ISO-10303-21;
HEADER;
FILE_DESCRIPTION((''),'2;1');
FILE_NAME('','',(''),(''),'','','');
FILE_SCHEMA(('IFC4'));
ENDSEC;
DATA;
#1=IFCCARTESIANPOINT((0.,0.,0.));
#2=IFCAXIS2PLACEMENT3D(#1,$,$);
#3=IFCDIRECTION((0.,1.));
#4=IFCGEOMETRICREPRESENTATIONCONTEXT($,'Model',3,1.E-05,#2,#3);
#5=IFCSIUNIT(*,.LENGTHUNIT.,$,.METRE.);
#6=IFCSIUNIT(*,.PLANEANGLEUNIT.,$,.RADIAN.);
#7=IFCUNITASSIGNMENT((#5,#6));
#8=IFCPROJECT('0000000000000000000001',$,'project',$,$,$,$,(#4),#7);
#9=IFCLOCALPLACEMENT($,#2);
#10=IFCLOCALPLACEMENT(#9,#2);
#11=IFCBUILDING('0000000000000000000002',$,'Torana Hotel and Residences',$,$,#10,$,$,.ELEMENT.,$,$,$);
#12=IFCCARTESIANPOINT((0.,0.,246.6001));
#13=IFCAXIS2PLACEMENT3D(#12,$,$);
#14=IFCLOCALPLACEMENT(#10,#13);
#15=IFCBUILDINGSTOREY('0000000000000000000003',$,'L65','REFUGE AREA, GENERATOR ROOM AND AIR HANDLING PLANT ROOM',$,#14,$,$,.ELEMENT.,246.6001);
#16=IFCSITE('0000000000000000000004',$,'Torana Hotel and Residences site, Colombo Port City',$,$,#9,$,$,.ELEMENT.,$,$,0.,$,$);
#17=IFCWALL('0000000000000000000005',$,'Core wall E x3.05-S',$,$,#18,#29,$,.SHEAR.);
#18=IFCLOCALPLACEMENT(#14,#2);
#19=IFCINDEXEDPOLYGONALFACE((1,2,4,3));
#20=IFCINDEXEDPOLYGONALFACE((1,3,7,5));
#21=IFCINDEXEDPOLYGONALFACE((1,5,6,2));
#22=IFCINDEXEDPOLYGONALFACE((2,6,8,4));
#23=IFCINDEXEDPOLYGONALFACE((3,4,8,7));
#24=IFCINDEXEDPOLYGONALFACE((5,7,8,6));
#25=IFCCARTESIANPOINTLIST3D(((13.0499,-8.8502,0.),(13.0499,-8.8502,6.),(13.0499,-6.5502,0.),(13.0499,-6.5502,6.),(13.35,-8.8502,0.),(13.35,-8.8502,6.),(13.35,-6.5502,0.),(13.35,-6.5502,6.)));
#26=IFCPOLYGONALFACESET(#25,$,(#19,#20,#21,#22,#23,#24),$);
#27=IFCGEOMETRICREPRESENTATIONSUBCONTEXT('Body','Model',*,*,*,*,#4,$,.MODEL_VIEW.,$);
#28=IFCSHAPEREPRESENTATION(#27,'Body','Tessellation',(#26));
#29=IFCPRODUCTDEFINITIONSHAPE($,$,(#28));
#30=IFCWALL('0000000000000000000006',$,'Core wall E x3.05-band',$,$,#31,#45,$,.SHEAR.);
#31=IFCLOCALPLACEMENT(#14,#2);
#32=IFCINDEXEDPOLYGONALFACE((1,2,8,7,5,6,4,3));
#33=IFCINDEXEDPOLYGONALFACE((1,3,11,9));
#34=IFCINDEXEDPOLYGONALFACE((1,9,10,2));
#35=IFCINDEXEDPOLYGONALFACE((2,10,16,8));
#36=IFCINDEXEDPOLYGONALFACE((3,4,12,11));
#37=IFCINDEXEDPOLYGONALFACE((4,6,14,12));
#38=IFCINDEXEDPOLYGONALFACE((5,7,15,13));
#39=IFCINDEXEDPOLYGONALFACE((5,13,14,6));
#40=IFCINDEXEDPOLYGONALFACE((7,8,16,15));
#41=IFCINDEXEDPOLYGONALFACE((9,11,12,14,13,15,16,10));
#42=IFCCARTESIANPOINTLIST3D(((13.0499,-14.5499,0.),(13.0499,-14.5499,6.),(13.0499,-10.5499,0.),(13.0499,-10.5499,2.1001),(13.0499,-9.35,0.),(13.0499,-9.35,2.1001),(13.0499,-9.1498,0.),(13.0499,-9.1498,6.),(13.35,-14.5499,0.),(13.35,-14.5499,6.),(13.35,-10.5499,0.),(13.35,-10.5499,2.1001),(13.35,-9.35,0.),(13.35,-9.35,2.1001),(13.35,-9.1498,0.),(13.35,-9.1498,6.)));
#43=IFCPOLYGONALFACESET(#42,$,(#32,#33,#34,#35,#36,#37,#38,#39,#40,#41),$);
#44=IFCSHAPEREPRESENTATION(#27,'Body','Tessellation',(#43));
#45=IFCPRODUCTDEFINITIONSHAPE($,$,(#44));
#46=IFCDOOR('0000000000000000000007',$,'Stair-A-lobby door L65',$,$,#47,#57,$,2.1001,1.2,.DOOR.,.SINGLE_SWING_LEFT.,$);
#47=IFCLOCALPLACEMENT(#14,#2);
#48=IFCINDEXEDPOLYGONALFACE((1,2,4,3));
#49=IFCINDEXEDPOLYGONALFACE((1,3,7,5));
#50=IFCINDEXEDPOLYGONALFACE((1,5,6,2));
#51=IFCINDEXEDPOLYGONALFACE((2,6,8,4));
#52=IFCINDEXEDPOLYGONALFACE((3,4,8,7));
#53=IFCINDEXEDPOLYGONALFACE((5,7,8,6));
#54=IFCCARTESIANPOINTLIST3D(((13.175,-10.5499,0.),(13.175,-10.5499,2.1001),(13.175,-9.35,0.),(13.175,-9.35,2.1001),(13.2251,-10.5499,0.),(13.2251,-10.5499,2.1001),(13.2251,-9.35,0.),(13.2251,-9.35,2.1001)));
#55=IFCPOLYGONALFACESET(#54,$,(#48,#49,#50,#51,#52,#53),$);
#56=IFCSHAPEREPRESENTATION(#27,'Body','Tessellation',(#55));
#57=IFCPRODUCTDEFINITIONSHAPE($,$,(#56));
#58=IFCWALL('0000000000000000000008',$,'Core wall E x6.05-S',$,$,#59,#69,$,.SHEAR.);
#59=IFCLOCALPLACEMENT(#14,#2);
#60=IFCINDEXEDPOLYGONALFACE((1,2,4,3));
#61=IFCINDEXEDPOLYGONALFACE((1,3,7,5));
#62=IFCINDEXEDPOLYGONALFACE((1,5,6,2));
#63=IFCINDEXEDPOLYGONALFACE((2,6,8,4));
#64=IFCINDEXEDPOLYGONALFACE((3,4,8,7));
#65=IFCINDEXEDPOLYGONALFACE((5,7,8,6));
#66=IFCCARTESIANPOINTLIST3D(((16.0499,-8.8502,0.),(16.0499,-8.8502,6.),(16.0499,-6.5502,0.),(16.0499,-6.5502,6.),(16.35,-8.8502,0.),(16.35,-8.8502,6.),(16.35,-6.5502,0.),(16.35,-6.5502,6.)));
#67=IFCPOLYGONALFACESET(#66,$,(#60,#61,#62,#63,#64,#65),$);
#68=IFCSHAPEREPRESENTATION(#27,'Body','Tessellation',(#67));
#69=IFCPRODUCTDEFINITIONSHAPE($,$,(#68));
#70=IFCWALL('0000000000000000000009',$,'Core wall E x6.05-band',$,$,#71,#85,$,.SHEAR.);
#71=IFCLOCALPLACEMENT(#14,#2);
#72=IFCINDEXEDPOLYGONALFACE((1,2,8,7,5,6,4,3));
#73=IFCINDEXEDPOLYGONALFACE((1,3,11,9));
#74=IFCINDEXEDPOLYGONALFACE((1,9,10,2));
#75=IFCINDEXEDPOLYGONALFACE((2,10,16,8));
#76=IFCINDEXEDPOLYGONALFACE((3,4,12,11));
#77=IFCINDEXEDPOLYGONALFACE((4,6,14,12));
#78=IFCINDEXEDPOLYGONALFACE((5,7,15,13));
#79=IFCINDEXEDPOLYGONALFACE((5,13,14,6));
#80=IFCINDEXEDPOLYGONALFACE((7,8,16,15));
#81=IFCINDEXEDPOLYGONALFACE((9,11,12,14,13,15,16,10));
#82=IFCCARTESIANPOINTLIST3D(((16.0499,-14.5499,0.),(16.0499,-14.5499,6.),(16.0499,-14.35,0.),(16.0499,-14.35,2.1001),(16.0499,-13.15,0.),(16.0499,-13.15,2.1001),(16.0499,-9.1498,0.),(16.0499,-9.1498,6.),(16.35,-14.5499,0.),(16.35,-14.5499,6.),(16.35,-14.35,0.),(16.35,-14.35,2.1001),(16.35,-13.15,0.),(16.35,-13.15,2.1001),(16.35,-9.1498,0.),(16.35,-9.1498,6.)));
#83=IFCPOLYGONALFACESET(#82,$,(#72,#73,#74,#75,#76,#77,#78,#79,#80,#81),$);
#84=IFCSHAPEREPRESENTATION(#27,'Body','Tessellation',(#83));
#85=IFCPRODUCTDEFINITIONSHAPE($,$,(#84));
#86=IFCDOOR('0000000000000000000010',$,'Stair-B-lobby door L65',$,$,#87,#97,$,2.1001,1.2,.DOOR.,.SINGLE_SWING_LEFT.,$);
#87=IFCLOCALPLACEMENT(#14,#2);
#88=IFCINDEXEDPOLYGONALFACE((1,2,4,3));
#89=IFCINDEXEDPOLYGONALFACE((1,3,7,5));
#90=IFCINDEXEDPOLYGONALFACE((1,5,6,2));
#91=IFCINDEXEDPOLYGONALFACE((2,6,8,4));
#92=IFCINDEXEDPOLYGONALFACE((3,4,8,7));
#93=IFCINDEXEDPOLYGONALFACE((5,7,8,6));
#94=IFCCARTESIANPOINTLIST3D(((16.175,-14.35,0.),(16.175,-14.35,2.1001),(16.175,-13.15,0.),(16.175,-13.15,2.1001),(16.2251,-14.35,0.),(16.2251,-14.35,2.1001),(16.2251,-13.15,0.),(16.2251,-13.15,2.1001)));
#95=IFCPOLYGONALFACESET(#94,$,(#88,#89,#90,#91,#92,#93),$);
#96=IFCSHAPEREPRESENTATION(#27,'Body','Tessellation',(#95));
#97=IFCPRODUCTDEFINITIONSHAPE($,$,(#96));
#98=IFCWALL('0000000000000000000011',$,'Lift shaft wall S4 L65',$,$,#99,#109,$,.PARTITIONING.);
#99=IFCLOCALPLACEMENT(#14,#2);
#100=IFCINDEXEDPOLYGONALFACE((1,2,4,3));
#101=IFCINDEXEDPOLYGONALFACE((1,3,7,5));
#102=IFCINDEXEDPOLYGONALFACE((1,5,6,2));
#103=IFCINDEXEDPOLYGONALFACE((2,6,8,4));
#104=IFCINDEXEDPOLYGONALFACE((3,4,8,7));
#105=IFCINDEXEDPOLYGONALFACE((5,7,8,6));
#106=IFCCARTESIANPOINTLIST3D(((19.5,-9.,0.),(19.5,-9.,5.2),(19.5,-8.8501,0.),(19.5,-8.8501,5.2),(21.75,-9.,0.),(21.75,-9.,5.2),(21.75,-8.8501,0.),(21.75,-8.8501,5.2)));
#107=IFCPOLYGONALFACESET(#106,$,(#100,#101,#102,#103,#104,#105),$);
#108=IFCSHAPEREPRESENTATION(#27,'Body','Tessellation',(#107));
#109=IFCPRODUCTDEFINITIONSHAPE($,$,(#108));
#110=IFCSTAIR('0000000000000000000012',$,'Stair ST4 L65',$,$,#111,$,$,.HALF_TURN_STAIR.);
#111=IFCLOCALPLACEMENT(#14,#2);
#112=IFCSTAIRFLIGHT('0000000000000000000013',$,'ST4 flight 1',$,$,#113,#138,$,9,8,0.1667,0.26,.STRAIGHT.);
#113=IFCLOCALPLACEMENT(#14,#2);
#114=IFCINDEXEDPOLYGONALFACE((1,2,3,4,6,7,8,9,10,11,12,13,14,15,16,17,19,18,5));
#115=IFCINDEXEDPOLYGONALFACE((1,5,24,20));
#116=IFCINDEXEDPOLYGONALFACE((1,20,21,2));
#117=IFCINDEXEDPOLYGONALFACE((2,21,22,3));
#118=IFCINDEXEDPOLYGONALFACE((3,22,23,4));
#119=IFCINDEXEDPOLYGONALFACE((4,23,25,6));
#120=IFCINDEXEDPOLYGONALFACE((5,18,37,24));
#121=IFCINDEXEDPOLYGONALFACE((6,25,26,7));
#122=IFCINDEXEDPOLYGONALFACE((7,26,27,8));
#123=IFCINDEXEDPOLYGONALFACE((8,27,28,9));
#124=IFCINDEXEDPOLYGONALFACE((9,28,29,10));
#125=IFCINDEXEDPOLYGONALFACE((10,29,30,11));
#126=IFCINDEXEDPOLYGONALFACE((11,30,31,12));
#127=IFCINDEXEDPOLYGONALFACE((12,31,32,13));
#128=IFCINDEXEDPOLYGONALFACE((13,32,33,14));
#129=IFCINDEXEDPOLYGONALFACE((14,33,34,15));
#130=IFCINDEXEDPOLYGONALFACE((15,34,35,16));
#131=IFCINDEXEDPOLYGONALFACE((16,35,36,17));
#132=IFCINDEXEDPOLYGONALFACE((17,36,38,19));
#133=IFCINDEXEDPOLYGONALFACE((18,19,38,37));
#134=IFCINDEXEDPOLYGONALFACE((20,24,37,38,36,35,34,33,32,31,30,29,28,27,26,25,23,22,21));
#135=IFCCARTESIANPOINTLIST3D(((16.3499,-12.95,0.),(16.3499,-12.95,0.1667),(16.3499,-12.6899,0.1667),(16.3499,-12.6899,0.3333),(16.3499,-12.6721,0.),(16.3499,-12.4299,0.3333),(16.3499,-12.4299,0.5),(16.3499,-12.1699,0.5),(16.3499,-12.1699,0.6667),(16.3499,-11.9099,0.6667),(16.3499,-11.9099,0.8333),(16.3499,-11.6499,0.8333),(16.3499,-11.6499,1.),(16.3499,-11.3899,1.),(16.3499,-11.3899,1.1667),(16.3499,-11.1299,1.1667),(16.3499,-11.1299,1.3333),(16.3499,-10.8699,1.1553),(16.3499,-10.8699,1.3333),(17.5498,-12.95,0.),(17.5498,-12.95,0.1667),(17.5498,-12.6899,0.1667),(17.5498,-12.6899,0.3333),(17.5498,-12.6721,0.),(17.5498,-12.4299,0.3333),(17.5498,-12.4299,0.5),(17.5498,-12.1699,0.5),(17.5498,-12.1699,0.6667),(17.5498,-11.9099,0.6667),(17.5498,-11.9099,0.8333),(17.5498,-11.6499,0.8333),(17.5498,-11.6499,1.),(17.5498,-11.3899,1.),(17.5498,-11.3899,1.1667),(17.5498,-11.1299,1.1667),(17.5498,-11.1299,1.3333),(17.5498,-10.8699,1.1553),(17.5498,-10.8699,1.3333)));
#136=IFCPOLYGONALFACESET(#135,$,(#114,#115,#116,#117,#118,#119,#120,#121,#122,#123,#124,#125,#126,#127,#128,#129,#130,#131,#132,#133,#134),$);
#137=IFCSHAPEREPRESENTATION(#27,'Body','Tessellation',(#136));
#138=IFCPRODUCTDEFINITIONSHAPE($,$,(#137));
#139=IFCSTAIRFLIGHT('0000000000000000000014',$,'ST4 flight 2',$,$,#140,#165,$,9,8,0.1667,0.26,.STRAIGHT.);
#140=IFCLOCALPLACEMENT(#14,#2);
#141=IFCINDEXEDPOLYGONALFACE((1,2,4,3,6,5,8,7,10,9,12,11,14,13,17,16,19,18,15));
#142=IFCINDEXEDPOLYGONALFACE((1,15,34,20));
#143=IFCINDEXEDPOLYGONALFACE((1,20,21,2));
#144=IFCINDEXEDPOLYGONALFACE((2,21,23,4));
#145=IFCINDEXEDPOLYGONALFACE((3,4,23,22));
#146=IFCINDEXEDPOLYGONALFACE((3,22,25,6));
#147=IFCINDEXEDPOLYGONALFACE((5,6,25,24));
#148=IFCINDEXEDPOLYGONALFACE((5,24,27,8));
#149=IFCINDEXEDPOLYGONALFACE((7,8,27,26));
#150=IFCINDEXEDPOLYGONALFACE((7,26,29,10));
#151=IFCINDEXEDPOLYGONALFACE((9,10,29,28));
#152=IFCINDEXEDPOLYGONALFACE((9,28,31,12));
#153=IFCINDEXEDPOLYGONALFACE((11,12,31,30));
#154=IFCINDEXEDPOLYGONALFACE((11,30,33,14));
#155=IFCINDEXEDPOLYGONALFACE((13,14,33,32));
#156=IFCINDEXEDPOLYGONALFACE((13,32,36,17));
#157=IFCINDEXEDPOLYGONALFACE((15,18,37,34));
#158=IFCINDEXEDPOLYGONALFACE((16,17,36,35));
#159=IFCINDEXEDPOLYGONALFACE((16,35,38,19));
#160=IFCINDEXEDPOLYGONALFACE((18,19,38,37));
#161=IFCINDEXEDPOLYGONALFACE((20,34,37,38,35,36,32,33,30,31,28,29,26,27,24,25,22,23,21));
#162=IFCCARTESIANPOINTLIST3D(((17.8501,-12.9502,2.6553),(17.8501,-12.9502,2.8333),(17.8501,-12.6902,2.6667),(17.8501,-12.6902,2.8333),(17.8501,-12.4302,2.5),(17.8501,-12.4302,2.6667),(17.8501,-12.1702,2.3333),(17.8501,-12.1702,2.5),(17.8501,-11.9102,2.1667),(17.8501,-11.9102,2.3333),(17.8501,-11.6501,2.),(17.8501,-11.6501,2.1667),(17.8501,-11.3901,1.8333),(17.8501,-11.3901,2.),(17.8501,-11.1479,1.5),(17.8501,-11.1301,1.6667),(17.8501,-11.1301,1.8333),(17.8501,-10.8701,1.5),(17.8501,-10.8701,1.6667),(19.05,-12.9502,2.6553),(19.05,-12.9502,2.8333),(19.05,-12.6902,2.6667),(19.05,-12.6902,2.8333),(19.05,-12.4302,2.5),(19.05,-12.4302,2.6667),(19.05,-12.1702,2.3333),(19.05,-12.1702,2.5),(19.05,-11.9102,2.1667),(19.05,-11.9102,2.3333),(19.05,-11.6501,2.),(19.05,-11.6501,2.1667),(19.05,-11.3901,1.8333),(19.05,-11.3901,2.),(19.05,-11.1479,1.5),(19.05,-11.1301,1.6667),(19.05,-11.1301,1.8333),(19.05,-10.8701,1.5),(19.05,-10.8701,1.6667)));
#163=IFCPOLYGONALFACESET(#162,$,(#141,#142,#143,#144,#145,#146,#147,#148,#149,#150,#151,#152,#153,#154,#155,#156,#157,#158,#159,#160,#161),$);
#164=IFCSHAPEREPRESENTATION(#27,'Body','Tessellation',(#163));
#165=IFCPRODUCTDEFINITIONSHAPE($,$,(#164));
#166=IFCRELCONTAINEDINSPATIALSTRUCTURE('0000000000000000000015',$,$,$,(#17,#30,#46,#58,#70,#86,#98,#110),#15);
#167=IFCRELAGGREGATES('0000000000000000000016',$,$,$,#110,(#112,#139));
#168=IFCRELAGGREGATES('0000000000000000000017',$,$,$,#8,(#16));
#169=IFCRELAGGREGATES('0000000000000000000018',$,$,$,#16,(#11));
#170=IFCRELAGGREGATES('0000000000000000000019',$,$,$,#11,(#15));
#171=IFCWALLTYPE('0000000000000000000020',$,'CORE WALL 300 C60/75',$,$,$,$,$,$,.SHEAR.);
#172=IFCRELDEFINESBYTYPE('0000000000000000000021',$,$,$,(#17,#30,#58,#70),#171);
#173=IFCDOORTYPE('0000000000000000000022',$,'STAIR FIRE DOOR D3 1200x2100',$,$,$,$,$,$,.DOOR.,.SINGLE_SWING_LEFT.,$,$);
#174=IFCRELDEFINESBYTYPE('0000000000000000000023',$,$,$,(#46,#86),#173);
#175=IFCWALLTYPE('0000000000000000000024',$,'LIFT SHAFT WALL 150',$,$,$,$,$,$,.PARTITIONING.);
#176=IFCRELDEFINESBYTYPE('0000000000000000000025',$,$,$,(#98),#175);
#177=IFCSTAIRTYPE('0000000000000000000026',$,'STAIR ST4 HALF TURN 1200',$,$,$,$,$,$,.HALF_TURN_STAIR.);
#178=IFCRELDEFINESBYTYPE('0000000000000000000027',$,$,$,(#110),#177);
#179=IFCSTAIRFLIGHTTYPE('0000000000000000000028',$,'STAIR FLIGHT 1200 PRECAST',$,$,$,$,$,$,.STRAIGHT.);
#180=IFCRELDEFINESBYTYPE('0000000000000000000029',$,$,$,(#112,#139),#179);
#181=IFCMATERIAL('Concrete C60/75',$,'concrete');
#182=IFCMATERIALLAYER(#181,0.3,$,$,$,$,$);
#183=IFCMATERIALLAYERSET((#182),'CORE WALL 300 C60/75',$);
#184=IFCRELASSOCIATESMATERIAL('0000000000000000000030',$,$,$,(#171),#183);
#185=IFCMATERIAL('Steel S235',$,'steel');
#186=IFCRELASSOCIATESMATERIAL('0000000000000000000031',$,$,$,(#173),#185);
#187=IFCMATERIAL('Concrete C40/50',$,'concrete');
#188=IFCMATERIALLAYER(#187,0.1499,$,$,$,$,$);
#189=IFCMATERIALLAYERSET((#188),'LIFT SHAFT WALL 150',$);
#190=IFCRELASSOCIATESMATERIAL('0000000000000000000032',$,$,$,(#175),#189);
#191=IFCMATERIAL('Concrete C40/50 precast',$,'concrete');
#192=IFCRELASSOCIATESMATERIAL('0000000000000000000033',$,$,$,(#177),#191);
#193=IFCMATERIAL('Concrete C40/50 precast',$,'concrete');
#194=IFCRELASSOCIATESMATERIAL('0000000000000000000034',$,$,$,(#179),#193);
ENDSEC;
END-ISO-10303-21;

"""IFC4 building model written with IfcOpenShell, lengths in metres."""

from ifc_helpers import new_model, si_unit, direction, frame, frame_2d, origin, place, context, subcontext, project, spatial, polyline, rectangle, outline, extrude, material, layer, layer_set, type_object, element, fill, aggregate, save


model = new_model("IFC4")

# Units and contexts
model_context = context("Model", 3, precision=1e-05, world=origin(), true_north=direction((0.0, 1.0)))
body_context = subcontext(model_context, "Body", "Model", "MODEL_VIEW")
ifc_project = project(units=[si_unit("LENGTHUNIT", "METRE"), si_unit("PLANEANGLEUNIT", "RADIAN")], contexts=[model_context])

# Site, building, storey
site_placement = place(None, origin())
site = spatial("IfcSite", under=ifc_project, at=site_placement, Name="Torana Hotel and Residences site, Colombo Port City", CompositionType="ELEMENT", RefElevation=0.0)
building_placement = place(site_placement, origin())
building = spatial("IfcBuilding", under=site, at=building_placement, Name="Torana Hotel and Residences", CompositionType="ELEMENT")
storey_placement = place(building_placement, frame((0.0, 0.0, 246.6001)))
storey = spatial("IfcBuildingStorey", under=building, at=storey_placement, Name="L65", Description="REFUGE AREA, GENERATOR ROOM AND AIR HANDLING PLANT ROOM", CompositionType="ELEMENT", Elevation=246.6001)

# Wall
ifc_material_1 = material(Name="Concrete C60/75", Category="concrete")
ifc_layer_1 = layer(ifc_material_1, 0.3)
ifc_layer_set_1 = layer_set([ifc_layer_1], Name="CORE WALL 300 C60/75")
wall_type_1 = type_object("IfcWallType", Name="CORE WALL 300 C60/75", PredefinedType="SHEAR", material=ifc_layer_set_1)
wall_1_placement = place(storey_placement, frame((13.2, -8.8501, 0.0), z_axis=(0.0, 0.0, 1.0), x_axis=(0.0, 1.0, 0.0)))
element("IfcWall", 1, at=wall_1_placement, inside=storey, type_object=wall_type_1, Name="Core wall E x3.05-S", PredefinedType="SHEAR", context=body_context, shape_type="SweptSolid", body=[
    extrude(rectangle(XDim=2.3, YDim=0.3, at=frame_2d((1.1499, 0.0))), origin(), (0.0, 0.0, 1.0), 6.0),
])

# Wall, opening, door
wall_2_placement = place(storey_placement, frame((13.2, -14.55, 0.0), z_axis=(0.0, 0.0, 1.0), x_axis=(0.0, 1.0, 0.0)))
wall_2 = element("IfcWall", 2, at=wall_2_placement, inside=storey, type_object=wall_type_1, Name="Core wall E x3.05-band", PredefinedType="SHEAR", context=body_context, shape_type="SweptSolid", body=[
    extrude(rectangle(XDim=5.4001, YDim=0.3, at=frame_2d((2.7002, 0.0))), origin(), (0.0, 0.0, 1.0), 6.0),
])
opening_1_placement = place(wall_2_placement, frame((4.0, 0.0, 0.0)))
opening_1 = element("IfcOpeningElement", 3, at=opening_1_placement, cuts=wall_2, PredefinedType="OPENING", context=body_context, shape_type="SweptSolid", body=[
    extrude(rectangle(XDim=1.2, YDim=2.1001, at=frame_2d((0.6001, 1.05))), frame((0.0, 0.1599, 0.0), z_axis=(0.0, -1.0, 0.0), x_axis=(1.0, 0.0, 0.0)), (0.0, 0.0, 1.0), 0.3201),
])
ifc_material_2 = material(Name="Steel S235", Category="steel")
door_type_1 = type_object("IfcDoorType", Name="STAIR FIRE DOOR D3 1200x2100", OperationType="SINGLE_SWING_LEFT", PredefinedType="DOOR", material=ifc_material_2)
door_1_placement = place(opening_1_placement, origin())
door_1 = element("IfcDoor", 4, at=door_1_placement, inside=storey, type_object=door_type_1, Name="Stair-A-lobby door L65", OperationType="SINGLE_SWING_LEFT", OverallHeight=2.1001, OverallWidth=1.2, PredefinedType="DOOR", context=body_context, shape_type="SweptSolid", body=[
    extrude(rectangle(XDim=1.2, YDim=2.1001, at=frame_2d((0.6001, 1.05))), frame((0.0, 0.0249, 0.0), z_axis=(0.0, -1.0, 0.0), x_axis=(1.0, 0.0, 0.0)), (0.0, 0.0, 1.0), 0.05),
])
fill(opening_1, door_1)

# Wall
wall_3_placement = place(storey_placement, frame((16.2, -8.8501, 0.0), z_axis=(0.0, 0.0, 1.0), x_axis=(0.0, 1.0, 0.0)))
element("IfcWall", 5, at=wall_3_placement, inside=storey, type_object=wall_type_1, Name="Core wall E x6.05-S", PredefinedType="SHEAR", context=body_context, shape_type="SweptSolid", body=[
    extrude(rectangle(XDim=2.3, YDim=0.3, at=frame_2d((1.1499, 0.0))), origin(), (0.0, 0.0, 1.0), 6.0),
])

# Wall, opening, door
wall_4_placement = place(storey_placement, frame((16.2, -14.55, 0.0), z_axis=(0.0, 0.0, 1.0), x_axis=(0.0, 1.0, 0.0)))
wall_4 = element("IfcWall", 6, at=wall_4_placement, inside=storey, type_object=wall_type_1, Name="Core wall E x6.05-band", PredefinedType="SHEAR", context=body_context, shape_type="SweptSolid", body=[
    extrude(rectangle(XDim=5.4001, YDim=0.3, at=frame_2d((2.7002, 0.0))), origin(), (0.0, 0.0, 1.0), 6.0),
])
opening_2_placement = place(wall_4_placement, frame((0.2, 0.0, 0.0)))
opening_2 = element("IfcOpeningElement", 7, at=opening_2_placement, cuts=wall_4, PredefinedType="OPENING", context=body_context, shape_type="SweptSolid", body=[
    extrude(rectangle(XDim=1.2, YDim=2.1001, at=frame_2d((0.6001, 1.05))), frame((0.0, 0.1599, 0.0), z_axis=(0.0, -1.0, 0.0), x_axis=(1.0, 0.0, 0.0)), (0.0, 0.0, 1.0), 0.3201),
])
door_2_placement = place(opening_2_placement, frame((0.6001, 0.0, 0.0), z_axis=(0.0, 0.0, 1.0), x_axis=(-1.0, 0.0, 0.0)))
door_2 = element("IfcDoor", 8, at=door_2_placement, inside=storey, type_object=door_type_1, Name="Stair-B-lobby door L65", OperationType="SINGLE_SWING_LEFT", OverallHeight=2.1001, OverallWidth=1.2, PredefinedType="DOOR", context=body_context, shape_type="SweptSolid", body=[
    extrude(rectangle(XDim=1.2, YDim=2.1001, at=frame_2d((0.0, 1.05))), frame((0.0, -0.0249, 0.0), z_axis=(0.0, 1.0, 0.0), x_axis=(-1.0, 0.0, 0.0)), (0.0, 0.0, 1.0), 0.05),
])
fill(opening_2, door_2)

# Wall
ifc_material_3 = material(Name="Concrete C40/50", Category="concrete")
ifc_layer_2 = layer(ifc_material_3, 0.1499)
ifc_layer_set_2 = layer_set([ifc_layer_2], Name="LIFT SHAFT WALL 150")
wall_type_2 = type_object("IfcWallType", Name="LIFT SHAFT WALL 150", PredefinedType="PARTITIONING", material=ifc_layer_set_2)
wall_5_placement = place(storey_placement, frame((19.5, -8.925, 0.0), z_axis=(0.0, 0.0, 1.0), x_axis=(1.0, 0.0, 0.0)))
element("IfcWall", 9, at=wall_5_placement, inside=storey, type_object=wall_type_2, Name="Lift shaft wall S4 L65", PredefinedType="PARTITIONING", context=body_context, shape_type="SweptSolid", body=[
    extrude(rectangle(XDim=2.25, YDim=0.1499, at=frame_2d((1.125, 0.0))), origin(), (0.0, 0.0, 1.0), 5.2),
])

# Stair, stair flights
ifc_material_4 = material(Name="Concrete C40/50 precast", Category="concrete")
stair_type = type_object("IfcStairType", Name="STAIR ST4 HALF TURN 1200", PredefinedType="HALF_TURN_STAIR", material=ifc_material_4)
stair_placement = place(storey_placement, origin())
stair = element("IfcStair", 10, at=stair_placement, inside=storey, type_object=stair_type, Name="Stair ST4 L65", PredefinedType="HALF_TURN_STAIR")
ifc_material_5 = material(Name="Concrete C40/50 precast", Category="concrete")
stair_flight_type = type_object("IfcStairFlightType", Name="STAIR FLIGHT 1200 PRECAST", PredefinedType="STRAIGHT", material=ifc_material_5)
stair_flight_1_placement = place(storey_placement, frame((16.95, -12.95, 0.0), z_axis=(0.0, 0.0, 1.0), x_axis=(0.0, 1.0, 0.0)))
stair_flight_1 = element("IfcStairFlight", 11, at=stair_flight_1_placement, type_object=stair_flight_type, Name="ST4 flight 1", NumberOfRisers=9, NumberOfTreads=8, PredefinedType="STRAIGHT", RiserHeight=0.1667, TreadLength=0.26, context=body_context, shape_type="SweptSolid", body=[
    extrude(outline(polyline([(0.0, 0.0), (0.0, 0.1667), (0.26, 0.1667), (0.26, 0.3333), (0.52, 0.3333), (0.52, 0.5), (0.78, 0.5), (0.78, 0.6667), (1.04, 0.6667), (1.04, 0.8333), (1.3, 0.8333), (1.3, 1.0), (1.5601, 1.0), (1.5601, 1.1667), (1.8201, 1.1667), (1.8201, 1.3333), (2.0801, 1.3333), (2.0801, 1.5), (2.0801, 1.1553), (0.2778, 0.0), (0.0, 0.0)])), frame((0.0, 0.6001, 0.0), z_axis=(0.0, -1.0, 0.0), x_axis=(1.0, 0.0, 0.0)), (0.0, 0.0, 1.0), 1.2),
])
stair_flight_2_placement = place(storey_placement, frame((18.45, -10.8701, 1.5), z_axis=(0.0, 0.0, 1.0), x_axis=(0.0, -1.0, 0.0)))
stair_flight_2 = element("IfcStairFlight", 12, at=stair_flight_2_placement, type_object=stair_flight_type, Name="ST4 flight 2", NumberOfRisers=9, NumberOfTreads=8, PredefinedType="STRAIGHT", RiserHeight=0.1667, TreadLength=0.26, context=body_context, shape_type="SweptSolid", body=[
    extrude(outline(polyline([(0.0, 0.0), (0.0, 0.1667), (0.26, 0.1667), (0.26, 0.3333), (0.52, 0.3333), (0.52, 0.5), (0.78, 0.5), (0.78, 0.6667), (1.04, 0.6667), (1.04, 0.8333), (1.3, 0.8333), (1.3, 1.0), (1.5601, 1.0), (1.5601, 1.1667), (1.8201, 1.1667), (1.8201, 1.3333), (2.0801, 1.3333), (2.0801, 1.5), (2.0801, 1.1553), (0.2778, 0.0), (0.0, 0.0)])), frame((0.0, 0.6001, 0.0), z_axis=(0.0, -1.0, 0.0), x_axis=(1.0, 0.0, 0.0)), (0.0, 0.0, 1.0), 1.2),
])
aggregate(stair, [stair_flight_1, stair_flight_2])

save(model, "model.ifc")
